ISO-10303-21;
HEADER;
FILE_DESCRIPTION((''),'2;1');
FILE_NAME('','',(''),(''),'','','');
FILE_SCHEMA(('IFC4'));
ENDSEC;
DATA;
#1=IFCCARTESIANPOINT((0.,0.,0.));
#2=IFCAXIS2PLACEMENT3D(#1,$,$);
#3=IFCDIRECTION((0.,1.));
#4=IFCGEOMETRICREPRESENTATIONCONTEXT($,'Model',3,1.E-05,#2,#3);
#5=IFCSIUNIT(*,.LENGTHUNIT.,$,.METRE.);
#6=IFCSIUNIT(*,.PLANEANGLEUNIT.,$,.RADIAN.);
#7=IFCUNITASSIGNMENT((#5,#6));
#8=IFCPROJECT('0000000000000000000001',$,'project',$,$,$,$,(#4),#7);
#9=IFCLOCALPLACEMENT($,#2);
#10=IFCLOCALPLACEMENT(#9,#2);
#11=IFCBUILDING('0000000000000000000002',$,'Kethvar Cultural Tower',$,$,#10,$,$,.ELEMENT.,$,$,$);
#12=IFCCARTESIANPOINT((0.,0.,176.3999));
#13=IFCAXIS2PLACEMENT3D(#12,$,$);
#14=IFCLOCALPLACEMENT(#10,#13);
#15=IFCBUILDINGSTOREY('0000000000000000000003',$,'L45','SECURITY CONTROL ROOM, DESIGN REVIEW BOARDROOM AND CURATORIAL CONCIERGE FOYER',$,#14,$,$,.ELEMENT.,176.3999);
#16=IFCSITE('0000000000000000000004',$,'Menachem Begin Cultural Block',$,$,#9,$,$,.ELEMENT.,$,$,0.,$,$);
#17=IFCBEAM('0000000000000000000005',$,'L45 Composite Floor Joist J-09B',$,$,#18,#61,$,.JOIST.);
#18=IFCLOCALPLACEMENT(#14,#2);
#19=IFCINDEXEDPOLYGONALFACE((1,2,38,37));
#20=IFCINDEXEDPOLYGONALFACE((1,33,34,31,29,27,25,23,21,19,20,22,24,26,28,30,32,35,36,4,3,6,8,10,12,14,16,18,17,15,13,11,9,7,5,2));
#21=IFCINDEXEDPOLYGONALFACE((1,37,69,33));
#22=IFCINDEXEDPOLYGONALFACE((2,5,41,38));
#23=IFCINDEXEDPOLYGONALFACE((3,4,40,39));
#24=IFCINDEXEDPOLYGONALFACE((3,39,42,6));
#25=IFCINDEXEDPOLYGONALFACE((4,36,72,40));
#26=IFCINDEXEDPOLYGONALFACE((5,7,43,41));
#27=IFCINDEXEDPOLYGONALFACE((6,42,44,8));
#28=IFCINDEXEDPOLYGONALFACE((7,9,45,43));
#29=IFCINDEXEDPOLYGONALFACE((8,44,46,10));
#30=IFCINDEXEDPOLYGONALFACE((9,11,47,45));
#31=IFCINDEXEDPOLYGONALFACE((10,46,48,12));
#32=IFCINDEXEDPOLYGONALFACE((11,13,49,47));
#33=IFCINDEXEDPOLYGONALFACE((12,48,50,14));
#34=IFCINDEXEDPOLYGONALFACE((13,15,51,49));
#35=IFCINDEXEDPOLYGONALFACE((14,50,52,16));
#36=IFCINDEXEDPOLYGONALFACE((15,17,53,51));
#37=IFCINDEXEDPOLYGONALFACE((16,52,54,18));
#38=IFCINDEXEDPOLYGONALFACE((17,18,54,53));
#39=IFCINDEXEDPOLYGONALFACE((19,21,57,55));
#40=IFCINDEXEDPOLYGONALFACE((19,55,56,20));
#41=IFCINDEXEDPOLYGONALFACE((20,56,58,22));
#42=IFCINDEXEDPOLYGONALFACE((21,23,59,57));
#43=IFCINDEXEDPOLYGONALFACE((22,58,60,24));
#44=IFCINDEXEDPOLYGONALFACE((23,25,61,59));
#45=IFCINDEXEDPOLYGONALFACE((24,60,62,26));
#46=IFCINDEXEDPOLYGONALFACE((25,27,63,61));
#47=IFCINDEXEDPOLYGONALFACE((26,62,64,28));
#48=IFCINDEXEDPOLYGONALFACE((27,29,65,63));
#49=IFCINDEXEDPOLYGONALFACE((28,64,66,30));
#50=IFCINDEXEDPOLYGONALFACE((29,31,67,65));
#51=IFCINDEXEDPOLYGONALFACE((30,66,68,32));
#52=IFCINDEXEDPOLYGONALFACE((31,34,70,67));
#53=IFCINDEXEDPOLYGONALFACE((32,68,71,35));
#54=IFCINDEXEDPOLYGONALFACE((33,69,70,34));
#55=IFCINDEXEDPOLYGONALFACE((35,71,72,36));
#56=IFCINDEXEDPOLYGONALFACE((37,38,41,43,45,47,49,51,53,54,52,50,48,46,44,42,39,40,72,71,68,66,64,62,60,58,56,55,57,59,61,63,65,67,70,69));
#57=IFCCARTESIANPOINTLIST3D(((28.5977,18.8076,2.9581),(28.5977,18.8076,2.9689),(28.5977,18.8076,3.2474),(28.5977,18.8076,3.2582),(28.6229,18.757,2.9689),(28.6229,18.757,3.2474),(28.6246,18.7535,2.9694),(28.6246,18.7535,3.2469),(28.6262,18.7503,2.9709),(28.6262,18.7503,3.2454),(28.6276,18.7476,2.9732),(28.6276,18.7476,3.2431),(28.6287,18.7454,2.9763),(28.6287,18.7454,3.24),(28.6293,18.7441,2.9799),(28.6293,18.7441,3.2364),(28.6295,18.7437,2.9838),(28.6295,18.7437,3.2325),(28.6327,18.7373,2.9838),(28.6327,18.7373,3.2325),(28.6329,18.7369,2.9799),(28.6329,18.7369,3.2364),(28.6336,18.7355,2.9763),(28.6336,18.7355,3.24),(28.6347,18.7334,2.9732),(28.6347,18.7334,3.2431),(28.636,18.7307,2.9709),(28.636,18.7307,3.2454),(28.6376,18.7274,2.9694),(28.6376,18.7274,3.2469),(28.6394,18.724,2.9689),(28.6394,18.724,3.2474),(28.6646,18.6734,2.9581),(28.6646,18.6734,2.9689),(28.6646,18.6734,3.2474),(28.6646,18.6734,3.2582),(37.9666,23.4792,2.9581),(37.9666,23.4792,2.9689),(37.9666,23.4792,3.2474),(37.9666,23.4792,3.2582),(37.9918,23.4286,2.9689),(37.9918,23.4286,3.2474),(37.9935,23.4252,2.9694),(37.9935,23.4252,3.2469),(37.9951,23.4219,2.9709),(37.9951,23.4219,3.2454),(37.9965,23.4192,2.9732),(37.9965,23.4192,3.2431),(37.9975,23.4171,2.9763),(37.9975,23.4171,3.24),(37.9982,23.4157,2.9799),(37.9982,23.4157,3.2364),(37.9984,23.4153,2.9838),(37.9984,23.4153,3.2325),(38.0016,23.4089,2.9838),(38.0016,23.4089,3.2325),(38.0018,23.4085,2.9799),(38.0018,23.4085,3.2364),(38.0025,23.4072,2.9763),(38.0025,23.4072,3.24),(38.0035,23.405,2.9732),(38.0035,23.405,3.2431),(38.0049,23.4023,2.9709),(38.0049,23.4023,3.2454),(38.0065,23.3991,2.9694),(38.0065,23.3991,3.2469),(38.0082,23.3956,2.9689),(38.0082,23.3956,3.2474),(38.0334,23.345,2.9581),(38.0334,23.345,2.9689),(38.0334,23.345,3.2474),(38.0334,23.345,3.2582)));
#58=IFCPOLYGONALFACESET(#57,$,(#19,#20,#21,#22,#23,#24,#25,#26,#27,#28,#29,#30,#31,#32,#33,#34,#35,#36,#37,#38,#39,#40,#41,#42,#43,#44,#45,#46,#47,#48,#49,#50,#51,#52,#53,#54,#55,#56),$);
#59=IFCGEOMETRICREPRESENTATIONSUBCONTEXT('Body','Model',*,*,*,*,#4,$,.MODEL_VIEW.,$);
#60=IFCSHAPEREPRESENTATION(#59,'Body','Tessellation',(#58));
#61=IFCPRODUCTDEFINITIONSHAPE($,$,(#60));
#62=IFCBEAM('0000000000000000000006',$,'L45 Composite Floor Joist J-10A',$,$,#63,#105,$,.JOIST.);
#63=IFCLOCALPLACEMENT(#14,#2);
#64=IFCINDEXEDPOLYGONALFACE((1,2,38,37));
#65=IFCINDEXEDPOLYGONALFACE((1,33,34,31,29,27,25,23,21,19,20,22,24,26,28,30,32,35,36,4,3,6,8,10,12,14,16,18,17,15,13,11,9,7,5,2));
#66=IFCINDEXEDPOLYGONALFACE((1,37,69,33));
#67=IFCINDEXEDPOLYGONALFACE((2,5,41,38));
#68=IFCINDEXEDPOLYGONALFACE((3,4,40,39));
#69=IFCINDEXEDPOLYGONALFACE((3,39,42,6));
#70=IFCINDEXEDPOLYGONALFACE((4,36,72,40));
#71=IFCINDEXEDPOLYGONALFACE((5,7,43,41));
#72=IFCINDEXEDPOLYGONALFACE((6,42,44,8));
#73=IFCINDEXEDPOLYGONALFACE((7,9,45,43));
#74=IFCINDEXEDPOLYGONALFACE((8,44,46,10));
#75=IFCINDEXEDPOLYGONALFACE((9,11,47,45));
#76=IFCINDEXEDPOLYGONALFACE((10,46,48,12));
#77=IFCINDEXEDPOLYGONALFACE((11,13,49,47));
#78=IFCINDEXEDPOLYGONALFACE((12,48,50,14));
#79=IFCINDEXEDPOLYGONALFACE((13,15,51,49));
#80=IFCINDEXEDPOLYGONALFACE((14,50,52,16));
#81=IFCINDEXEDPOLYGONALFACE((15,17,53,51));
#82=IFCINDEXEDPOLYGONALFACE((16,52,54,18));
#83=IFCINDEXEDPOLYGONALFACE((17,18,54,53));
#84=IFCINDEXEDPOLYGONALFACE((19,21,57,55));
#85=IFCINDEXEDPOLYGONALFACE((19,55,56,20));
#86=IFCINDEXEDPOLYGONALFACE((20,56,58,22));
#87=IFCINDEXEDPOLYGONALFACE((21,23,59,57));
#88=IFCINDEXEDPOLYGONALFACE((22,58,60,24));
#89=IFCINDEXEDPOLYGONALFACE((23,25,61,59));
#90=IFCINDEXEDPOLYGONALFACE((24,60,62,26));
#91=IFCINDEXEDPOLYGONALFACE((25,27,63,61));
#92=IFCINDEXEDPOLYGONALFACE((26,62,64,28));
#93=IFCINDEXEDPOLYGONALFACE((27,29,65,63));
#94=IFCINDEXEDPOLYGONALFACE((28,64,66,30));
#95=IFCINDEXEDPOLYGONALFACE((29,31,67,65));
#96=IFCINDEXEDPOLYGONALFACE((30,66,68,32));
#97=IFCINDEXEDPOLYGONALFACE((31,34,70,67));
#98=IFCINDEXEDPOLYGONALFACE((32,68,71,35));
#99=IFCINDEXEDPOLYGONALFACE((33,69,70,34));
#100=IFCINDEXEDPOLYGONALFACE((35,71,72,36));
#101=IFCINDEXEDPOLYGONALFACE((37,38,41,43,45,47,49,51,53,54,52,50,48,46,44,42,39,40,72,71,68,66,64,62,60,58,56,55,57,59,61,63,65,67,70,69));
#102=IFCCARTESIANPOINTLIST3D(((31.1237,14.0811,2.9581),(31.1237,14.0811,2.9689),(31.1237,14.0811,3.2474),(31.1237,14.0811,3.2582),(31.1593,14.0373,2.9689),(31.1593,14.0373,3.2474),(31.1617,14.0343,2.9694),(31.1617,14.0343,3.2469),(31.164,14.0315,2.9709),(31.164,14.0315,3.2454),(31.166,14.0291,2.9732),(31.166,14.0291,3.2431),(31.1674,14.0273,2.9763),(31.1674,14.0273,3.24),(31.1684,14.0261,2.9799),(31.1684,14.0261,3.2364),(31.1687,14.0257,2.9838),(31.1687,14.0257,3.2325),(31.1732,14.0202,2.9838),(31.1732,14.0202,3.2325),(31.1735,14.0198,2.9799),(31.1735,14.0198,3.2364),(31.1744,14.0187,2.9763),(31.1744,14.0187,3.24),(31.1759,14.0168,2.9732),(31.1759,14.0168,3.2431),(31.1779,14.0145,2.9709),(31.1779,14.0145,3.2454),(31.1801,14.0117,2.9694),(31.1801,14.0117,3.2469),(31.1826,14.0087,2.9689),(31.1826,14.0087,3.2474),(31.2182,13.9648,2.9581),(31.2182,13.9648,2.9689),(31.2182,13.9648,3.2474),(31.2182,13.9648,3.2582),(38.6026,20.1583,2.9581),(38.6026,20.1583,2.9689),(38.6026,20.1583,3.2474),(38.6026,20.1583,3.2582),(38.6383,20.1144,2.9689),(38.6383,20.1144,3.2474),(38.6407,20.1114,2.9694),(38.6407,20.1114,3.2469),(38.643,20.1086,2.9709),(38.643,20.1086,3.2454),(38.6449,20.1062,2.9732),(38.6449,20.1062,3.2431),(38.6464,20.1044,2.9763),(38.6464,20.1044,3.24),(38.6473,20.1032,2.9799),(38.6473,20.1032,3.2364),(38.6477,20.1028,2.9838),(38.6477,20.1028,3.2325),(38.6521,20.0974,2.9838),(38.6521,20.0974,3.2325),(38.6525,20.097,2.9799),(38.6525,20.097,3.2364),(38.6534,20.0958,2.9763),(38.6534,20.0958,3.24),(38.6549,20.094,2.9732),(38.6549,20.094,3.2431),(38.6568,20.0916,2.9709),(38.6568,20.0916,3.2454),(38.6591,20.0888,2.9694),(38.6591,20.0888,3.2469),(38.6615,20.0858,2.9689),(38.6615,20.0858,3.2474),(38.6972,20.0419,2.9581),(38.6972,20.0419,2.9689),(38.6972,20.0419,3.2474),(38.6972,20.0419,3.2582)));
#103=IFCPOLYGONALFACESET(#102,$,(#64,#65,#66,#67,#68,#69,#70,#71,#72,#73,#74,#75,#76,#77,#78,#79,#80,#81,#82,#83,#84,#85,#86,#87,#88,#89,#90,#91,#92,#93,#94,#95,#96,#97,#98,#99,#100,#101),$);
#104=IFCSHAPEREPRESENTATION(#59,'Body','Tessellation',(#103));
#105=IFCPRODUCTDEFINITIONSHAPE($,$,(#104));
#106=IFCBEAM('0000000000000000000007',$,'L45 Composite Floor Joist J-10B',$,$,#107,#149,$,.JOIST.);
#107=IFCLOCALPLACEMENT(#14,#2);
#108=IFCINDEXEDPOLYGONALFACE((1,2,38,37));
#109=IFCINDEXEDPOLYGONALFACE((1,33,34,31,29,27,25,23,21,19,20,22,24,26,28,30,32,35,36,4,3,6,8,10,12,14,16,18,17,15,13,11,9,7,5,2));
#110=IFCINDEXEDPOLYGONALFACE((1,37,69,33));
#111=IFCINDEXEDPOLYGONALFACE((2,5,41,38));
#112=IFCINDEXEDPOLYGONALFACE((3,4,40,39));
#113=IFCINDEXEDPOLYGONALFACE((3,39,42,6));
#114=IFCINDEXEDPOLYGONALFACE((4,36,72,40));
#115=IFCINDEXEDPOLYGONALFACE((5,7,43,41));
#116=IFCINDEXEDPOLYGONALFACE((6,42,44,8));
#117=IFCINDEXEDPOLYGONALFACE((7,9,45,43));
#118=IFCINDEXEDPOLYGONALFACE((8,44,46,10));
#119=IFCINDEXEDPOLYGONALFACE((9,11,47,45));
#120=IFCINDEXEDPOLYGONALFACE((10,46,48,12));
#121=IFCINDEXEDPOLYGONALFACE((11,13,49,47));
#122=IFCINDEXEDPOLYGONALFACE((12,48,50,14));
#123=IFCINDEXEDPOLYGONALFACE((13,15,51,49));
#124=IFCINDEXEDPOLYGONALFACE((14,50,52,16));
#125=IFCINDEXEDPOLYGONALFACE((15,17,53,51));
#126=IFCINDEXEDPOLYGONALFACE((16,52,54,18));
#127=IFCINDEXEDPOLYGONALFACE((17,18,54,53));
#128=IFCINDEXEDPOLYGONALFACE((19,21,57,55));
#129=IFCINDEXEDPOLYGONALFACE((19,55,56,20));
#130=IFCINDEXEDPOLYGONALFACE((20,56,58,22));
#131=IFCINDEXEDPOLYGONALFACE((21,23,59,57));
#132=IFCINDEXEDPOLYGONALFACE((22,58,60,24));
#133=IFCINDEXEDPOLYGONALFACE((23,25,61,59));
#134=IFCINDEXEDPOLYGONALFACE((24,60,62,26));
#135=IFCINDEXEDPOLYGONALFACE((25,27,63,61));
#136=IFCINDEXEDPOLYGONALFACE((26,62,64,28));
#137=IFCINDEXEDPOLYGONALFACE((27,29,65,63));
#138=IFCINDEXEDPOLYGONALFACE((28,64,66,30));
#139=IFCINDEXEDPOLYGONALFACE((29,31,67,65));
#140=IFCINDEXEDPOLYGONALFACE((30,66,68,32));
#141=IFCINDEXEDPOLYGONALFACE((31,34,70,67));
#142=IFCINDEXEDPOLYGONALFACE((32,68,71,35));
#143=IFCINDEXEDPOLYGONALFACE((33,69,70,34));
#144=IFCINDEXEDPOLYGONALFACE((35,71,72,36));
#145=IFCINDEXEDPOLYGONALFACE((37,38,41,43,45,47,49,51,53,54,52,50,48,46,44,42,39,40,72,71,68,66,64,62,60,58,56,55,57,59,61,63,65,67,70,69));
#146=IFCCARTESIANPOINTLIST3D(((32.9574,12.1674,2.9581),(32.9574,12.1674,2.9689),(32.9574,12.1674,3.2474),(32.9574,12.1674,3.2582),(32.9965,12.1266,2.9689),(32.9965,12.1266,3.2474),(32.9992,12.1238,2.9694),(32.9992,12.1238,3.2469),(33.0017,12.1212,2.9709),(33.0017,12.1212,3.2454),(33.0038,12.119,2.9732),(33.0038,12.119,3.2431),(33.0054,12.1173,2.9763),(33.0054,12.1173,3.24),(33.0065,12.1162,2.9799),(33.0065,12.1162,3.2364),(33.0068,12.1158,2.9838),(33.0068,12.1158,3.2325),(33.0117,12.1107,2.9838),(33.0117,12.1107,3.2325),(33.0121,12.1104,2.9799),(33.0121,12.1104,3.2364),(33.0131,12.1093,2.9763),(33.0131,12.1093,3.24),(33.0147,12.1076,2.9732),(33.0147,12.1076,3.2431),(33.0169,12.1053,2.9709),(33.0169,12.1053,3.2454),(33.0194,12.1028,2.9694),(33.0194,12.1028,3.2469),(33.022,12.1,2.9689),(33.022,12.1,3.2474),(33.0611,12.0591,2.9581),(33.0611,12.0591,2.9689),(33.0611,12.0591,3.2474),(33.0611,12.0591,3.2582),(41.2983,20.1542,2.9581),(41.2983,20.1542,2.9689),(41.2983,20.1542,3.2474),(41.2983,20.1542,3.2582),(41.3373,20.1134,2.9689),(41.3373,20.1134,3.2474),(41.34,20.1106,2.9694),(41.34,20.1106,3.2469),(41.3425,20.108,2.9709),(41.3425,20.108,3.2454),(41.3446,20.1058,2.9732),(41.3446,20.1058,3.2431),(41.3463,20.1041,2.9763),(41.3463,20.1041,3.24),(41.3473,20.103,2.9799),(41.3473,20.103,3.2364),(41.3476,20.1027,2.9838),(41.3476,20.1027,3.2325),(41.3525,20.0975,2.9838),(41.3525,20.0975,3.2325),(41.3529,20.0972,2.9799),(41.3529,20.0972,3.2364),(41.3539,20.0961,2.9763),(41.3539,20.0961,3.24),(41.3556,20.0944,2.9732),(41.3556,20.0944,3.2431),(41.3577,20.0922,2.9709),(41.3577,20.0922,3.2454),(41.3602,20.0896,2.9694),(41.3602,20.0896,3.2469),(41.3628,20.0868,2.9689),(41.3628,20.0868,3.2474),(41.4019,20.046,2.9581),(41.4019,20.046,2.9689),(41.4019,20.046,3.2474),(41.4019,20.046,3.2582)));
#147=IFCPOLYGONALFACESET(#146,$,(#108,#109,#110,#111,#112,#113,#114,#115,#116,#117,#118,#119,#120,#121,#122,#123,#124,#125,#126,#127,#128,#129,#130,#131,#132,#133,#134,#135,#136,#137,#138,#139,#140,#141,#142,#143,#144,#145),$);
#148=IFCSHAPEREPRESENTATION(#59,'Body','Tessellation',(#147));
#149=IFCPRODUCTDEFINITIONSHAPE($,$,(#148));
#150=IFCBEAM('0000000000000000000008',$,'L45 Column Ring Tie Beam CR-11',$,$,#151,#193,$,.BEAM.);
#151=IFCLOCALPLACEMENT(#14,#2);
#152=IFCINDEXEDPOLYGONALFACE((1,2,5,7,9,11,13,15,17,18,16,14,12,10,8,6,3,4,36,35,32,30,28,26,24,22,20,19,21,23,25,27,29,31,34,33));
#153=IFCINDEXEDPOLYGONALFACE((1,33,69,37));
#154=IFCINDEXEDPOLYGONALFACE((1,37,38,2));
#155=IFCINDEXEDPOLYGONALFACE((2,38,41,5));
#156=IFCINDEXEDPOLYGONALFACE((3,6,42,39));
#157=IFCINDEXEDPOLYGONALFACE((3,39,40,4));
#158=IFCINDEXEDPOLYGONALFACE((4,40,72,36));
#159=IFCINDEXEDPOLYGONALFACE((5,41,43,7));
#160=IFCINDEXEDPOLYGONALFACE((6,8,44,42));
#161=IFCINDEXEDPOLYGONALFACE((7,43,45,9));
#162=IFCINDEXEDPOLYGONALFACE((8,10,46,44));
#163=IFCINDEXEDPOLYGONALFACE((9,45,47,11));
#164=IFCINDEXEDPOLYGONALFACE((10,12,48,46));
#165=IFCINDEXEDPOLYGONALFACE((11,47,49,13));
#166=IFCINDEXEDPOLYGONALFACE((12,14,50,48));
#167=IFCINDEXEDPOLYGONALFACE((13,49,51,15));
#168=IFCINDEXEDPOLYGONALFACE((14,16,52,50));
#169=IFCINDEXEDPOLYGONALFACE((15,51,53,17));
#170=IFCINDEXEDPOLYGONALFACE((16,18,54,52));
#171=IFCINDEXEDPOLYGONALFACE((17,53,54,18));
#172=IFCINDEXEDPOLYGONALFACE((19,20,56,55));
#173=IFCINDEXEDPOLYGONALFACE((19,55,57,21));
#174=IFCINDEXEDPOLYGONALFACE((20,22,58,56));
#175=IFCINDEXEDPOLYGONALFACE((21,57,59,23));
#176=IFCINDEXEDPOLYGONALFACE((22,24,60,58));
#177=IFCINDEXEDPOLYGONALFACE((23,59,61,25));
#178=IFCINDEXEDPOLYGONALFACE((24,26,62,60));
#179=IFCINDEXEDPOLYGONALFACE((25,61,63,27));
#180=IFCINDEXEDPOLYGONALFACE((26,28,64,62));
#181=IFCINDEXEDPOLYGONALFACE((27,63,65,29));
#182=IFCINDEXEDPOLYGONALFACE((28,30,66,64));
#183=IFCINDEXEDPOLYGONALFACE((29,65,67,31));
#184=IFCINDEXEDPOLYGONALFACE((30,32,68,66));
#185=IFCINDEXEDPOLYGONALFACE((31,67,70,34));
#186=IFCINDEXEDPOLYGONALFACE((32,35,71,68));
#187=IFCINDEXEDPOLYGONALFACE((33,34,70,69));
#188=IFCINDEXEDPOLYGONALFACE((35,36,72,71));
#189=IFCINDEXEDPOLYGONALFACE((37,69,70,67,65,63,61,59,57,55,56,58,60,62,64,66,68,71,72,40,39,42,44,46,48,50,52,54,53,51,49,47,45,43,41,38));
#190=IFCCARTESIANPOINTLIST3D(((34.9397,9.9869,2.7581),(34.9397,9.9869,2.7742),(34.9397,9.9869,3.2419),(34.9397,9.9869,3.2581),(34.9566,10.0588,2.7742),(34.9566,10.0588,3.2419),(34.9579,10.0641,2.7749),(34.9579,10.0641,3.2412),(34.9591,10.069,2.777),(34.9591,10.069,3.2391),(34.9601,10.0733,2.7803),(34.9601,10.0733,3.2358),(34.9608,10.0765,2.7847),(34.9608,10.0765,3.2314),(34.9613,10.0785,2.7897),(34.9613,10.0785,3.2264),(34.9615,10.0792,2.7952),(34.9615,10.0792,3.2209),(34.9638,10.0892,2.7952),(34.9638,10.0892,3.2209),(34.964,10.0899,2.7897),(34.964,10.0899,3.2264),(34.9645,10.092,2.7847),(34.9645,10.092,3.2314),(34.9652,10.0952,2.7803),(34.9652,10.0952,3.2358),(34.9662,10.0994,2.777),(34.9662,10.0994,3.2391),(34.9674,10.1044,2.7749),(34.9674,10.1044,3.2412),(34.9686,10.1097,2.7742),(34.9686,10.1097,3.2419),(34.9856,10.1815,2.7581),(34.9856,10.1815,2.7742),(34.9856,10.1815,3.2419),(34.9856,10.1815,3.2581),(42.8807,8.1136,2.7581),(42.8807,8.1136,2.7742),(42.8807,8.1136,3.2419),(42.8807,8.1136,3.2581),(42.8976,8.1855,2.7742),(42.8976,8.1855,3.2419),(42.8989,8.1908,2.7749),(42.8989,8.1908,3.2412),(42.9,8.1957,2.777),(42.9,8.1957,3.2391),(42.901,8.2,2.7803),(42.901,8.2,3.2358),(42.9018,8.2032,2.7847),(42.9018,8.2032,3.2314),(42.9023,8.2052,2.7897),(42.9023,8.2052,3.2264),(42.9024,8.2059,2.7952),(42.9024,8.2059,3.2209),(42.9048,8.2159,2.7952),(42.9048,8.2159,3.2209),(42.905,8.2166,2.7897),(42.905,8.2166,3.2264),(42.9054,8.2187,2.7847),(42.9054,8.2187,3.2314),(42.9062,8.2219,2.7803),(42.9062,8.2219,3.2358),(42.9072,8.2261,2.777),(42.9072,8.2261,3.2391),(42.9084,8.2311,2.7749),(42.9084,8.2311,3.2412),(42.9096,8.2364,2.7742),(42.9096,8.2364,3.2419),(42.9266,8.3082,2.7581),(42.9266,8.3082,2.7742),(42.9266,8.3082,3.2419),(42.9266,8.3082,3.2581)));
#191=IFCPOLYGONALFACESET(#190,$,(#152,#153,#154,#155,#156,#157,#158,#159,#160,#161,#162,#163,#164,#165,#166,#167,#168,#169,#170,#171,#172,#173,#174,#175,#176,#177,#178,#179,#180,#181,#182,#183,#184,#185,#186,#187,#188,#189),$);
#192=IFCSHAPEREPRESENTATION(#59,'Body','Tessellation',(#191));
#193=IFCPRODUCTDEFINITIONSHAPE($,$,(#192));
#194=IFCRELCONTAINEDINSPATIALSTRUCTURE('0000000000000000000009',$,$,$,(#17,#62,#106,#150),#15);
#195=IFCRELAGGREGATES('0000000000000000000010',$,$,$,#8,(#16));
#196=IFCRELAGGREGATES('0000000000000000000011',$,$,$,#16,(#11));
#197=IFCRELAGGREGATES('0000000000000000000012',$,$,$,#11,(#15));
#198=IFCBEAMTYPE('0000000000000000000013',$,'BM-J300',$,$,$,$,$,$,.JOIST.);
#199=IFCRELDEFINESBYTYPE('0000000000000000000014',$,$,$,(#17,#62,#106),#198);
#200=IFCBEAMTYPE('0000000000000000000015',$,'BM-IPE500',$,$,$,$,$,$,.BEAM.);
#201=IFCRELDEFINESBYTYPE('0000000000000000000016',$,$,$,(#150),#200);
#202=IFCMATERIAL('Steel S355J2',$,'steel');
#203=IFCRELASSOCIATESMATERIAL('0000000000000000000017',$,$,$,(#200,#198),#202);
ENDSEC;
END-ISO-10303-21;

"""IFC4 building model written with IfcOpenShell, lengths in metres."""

from ifc_helpers import new_model, si_unit, direction, frame, origin, origin_2d, place, context, subcontext, project, spatial, i_section, extrude, source, transform, mapped, material, material_profile, profile_set, type_object, element, save


model = new_model("IFC4")

# Units and contexts
model_context = context("Model", 3, precision=1e-05, world=origin(), true_north=direction((0.0, 1.0)))
body_context = subcontext(model_context, "Body", "Model", "MODEL_VIEW")
ifc_project = project(units=[si_unit("LENGTHUNIT", "METRE"), si_unit("PLANEANGLEUNIT", "RADIAN")], contexts=[model_context])

# Site, building, storey
site_placement = place(None, origin())
site = spatial("IfcSite", under=ifc_project, at=site_placement, Name="Menachem Begin Cultural Block", CompositionType="ELEMENT", RefElevation=0.0)
building_placement = place(site_placement, origin())
building = spatial("IfcBuilding", under=site, at=building_placement, Name="Kethvar Cultural Tower", CompositionType="ELEMENT")
storey_placement = place(building_placement, frame((0.0, 0.0, 176.3999)))
storey = spatial("IfcBuildingStorey", under=building, at=storey_placement, Name="L45", Description="SECURITY CONTROL ROOM, DESIGN REVIEW BOARDROOM AND CURATORIAL CONCIERGE FOYER", CompositionType="ELEMENT", Elevation=176.3999)

# Beams
ifc_material_1 = material(Name="Steel S355J2", Category="steel")
ifc_material_profile_1 = material_profile(ifc_material_1, i_section(OverallWidth=0.2, OverallDepth=0.5, WebThickness=0.0103, FlangeThickness=0.0161, FilletRadius=0.021, at=origin_2d()), Name="Steel S355J2 — IPE500")
ifc_profile_set_1 = profile_set([ifc_material_profile_1], Name="Steel S355J2 — IPE500")
beam_type_1 = type_object("IfcBeamType", Name="BM-IPE500", PredefinedType="BEAM", material=ifc_profile_set_1)
ifc_material_profile_2 = material_profile(ifc_material_1, i_section(OverallWidth=0.1499, OverallDepth=0.3, WebThickness=0.0071, FlangeThickness=0.0107, FilletRadius=0.0149, at=origin_2d()), Name="Steel S355J2 — IPE300")
ifc_profile_set_2 = profile_set([ifc_material_profile_2], Name="Steel S355J2 — IPE300")
beam_type_2 = type_object("IfcBeamType", Name="BM-J300", PredefinedType="JOIST", material=ifc_profile_set_2)
shared_shape_1 = source(origin(), body_context, "Body", "SweptSolid", [
    extrude(i_section(OverallWidth=0.1499, OverallDepth=0.3, WebThickness=0.0071, FlangeThickness=0.0107, FilletRadius=0.0149, at=origin_2d()), origin(), (0.0, 0.0, 1.0), 10.469),
])
beam_1_placement = place(storey_placement, frame((38.0, 23.4121, 3.1082), z_axis=(-0.894916, -0.446234, 0.0), x_axis=(0.446234, -0.894916, 0.0)))
element("IfcBeam", 1, at=beam_1_placement, inside=storey, type_object=beam_type_2, Name="L45 Composite Floor Joist J-09B", PredefinedType="JOIST", context=body_context, shape_type="MappedRepresentation", body=[
    mapped(shared_shape_1, transform((0.0, 0.0, 0.0), scale=1.0)),
])
shared_shape_2 = source(origin(), body_context, "Body", "SweptSolid", [
    extrude(i_section(OverallWidth=0.1499, OverallDepth=0.3, WebThickness=0.0071, FlangeThickness=0.0107, FilletRadius=0.0149, at=origin_2d()), origin(), (0.0, 0.0, 1.0), 9.6367),
])
beam_2_placement = place(storey_placement, frame((38.6499, 20.1001, 3.1082), z_axis=(-0.776091, -0.630621, 0.0), x_axis=(0.630621, -0.776091, 0.0)))
element("IfcBeam", 2, at=beam_2_placement, inside=storey, type_object=beam_type_2, Name="L45 Composite Floor Joist J-10A", PredefinedType="JOIST", context=body_context, shape_type="MappedRepresentation", body=[
    mapped(shared_shape_2, transform((0.0, 0.0, 0.0), scale=1.0)),
])
shared_shape_3 = source(origin(), body_context, "Body", "SweptSolid", [
    extrude(i_section(OverallWidth=0.1499, OverallDepth=0.3, WebThickness=0.0071, FlangeThickness=0.0107, FilletRadius=0.0149, at=origin_2d()), origin(), (0.0, 0.0, 1.0), 11.5481),
])
beam_3_placement = place(storey_placement, frame((41.3501, 20.1001, 3.1082), z_axis=(-0.722268, -0.691613, 0.0), x_axis=(0.691613, -0.722268, 0.0)))
element("IfcBeam", 3, at=beam_3_placement, inside=storey, type_object=beam_type_2, Name="L45 Composite Floor Joist J-10B", PredefinedType="JOIST", context=body_context, shape_type="MappedRepresentation", body=[
    mapped(shared_shape_3, transform((0.0, 0.0, 0.0), scale=1.0)),
])
shared_shape_4 = source(origin(), body_context, "Body", "SweptSolid", [
    extrude(i_section(OverallWidth=0.2, OverallDepth=0.5, WebThickness=0.0103, FlangeThickness=0.0161, FilletRadius=0.021, at=origin_2d()), origin(), (0.0, 0.0, 1.0), 8.1589),
])
beam_4_placement = place(storey_placement, frame((34.9626, 10.0842, 3.0081), z_axis=(0.973285, -0.229601, 0.0), x_axis=(0.229601, 0.973285, 0.0)))
element("IfcBeam", 4, at=beam_4_placement, inside=storey, type_object=beam_type_1, Name="L45 Column Ring Tie Beam CR-11", PredefinedType="BEAM", context=body_context, shape_type="MappedRepresentation", body=[
    mapped(shared_shape_4, transform((0.0, 0.0, 0.0), scale=1.0)),
])

save(model, "model.ifc")
